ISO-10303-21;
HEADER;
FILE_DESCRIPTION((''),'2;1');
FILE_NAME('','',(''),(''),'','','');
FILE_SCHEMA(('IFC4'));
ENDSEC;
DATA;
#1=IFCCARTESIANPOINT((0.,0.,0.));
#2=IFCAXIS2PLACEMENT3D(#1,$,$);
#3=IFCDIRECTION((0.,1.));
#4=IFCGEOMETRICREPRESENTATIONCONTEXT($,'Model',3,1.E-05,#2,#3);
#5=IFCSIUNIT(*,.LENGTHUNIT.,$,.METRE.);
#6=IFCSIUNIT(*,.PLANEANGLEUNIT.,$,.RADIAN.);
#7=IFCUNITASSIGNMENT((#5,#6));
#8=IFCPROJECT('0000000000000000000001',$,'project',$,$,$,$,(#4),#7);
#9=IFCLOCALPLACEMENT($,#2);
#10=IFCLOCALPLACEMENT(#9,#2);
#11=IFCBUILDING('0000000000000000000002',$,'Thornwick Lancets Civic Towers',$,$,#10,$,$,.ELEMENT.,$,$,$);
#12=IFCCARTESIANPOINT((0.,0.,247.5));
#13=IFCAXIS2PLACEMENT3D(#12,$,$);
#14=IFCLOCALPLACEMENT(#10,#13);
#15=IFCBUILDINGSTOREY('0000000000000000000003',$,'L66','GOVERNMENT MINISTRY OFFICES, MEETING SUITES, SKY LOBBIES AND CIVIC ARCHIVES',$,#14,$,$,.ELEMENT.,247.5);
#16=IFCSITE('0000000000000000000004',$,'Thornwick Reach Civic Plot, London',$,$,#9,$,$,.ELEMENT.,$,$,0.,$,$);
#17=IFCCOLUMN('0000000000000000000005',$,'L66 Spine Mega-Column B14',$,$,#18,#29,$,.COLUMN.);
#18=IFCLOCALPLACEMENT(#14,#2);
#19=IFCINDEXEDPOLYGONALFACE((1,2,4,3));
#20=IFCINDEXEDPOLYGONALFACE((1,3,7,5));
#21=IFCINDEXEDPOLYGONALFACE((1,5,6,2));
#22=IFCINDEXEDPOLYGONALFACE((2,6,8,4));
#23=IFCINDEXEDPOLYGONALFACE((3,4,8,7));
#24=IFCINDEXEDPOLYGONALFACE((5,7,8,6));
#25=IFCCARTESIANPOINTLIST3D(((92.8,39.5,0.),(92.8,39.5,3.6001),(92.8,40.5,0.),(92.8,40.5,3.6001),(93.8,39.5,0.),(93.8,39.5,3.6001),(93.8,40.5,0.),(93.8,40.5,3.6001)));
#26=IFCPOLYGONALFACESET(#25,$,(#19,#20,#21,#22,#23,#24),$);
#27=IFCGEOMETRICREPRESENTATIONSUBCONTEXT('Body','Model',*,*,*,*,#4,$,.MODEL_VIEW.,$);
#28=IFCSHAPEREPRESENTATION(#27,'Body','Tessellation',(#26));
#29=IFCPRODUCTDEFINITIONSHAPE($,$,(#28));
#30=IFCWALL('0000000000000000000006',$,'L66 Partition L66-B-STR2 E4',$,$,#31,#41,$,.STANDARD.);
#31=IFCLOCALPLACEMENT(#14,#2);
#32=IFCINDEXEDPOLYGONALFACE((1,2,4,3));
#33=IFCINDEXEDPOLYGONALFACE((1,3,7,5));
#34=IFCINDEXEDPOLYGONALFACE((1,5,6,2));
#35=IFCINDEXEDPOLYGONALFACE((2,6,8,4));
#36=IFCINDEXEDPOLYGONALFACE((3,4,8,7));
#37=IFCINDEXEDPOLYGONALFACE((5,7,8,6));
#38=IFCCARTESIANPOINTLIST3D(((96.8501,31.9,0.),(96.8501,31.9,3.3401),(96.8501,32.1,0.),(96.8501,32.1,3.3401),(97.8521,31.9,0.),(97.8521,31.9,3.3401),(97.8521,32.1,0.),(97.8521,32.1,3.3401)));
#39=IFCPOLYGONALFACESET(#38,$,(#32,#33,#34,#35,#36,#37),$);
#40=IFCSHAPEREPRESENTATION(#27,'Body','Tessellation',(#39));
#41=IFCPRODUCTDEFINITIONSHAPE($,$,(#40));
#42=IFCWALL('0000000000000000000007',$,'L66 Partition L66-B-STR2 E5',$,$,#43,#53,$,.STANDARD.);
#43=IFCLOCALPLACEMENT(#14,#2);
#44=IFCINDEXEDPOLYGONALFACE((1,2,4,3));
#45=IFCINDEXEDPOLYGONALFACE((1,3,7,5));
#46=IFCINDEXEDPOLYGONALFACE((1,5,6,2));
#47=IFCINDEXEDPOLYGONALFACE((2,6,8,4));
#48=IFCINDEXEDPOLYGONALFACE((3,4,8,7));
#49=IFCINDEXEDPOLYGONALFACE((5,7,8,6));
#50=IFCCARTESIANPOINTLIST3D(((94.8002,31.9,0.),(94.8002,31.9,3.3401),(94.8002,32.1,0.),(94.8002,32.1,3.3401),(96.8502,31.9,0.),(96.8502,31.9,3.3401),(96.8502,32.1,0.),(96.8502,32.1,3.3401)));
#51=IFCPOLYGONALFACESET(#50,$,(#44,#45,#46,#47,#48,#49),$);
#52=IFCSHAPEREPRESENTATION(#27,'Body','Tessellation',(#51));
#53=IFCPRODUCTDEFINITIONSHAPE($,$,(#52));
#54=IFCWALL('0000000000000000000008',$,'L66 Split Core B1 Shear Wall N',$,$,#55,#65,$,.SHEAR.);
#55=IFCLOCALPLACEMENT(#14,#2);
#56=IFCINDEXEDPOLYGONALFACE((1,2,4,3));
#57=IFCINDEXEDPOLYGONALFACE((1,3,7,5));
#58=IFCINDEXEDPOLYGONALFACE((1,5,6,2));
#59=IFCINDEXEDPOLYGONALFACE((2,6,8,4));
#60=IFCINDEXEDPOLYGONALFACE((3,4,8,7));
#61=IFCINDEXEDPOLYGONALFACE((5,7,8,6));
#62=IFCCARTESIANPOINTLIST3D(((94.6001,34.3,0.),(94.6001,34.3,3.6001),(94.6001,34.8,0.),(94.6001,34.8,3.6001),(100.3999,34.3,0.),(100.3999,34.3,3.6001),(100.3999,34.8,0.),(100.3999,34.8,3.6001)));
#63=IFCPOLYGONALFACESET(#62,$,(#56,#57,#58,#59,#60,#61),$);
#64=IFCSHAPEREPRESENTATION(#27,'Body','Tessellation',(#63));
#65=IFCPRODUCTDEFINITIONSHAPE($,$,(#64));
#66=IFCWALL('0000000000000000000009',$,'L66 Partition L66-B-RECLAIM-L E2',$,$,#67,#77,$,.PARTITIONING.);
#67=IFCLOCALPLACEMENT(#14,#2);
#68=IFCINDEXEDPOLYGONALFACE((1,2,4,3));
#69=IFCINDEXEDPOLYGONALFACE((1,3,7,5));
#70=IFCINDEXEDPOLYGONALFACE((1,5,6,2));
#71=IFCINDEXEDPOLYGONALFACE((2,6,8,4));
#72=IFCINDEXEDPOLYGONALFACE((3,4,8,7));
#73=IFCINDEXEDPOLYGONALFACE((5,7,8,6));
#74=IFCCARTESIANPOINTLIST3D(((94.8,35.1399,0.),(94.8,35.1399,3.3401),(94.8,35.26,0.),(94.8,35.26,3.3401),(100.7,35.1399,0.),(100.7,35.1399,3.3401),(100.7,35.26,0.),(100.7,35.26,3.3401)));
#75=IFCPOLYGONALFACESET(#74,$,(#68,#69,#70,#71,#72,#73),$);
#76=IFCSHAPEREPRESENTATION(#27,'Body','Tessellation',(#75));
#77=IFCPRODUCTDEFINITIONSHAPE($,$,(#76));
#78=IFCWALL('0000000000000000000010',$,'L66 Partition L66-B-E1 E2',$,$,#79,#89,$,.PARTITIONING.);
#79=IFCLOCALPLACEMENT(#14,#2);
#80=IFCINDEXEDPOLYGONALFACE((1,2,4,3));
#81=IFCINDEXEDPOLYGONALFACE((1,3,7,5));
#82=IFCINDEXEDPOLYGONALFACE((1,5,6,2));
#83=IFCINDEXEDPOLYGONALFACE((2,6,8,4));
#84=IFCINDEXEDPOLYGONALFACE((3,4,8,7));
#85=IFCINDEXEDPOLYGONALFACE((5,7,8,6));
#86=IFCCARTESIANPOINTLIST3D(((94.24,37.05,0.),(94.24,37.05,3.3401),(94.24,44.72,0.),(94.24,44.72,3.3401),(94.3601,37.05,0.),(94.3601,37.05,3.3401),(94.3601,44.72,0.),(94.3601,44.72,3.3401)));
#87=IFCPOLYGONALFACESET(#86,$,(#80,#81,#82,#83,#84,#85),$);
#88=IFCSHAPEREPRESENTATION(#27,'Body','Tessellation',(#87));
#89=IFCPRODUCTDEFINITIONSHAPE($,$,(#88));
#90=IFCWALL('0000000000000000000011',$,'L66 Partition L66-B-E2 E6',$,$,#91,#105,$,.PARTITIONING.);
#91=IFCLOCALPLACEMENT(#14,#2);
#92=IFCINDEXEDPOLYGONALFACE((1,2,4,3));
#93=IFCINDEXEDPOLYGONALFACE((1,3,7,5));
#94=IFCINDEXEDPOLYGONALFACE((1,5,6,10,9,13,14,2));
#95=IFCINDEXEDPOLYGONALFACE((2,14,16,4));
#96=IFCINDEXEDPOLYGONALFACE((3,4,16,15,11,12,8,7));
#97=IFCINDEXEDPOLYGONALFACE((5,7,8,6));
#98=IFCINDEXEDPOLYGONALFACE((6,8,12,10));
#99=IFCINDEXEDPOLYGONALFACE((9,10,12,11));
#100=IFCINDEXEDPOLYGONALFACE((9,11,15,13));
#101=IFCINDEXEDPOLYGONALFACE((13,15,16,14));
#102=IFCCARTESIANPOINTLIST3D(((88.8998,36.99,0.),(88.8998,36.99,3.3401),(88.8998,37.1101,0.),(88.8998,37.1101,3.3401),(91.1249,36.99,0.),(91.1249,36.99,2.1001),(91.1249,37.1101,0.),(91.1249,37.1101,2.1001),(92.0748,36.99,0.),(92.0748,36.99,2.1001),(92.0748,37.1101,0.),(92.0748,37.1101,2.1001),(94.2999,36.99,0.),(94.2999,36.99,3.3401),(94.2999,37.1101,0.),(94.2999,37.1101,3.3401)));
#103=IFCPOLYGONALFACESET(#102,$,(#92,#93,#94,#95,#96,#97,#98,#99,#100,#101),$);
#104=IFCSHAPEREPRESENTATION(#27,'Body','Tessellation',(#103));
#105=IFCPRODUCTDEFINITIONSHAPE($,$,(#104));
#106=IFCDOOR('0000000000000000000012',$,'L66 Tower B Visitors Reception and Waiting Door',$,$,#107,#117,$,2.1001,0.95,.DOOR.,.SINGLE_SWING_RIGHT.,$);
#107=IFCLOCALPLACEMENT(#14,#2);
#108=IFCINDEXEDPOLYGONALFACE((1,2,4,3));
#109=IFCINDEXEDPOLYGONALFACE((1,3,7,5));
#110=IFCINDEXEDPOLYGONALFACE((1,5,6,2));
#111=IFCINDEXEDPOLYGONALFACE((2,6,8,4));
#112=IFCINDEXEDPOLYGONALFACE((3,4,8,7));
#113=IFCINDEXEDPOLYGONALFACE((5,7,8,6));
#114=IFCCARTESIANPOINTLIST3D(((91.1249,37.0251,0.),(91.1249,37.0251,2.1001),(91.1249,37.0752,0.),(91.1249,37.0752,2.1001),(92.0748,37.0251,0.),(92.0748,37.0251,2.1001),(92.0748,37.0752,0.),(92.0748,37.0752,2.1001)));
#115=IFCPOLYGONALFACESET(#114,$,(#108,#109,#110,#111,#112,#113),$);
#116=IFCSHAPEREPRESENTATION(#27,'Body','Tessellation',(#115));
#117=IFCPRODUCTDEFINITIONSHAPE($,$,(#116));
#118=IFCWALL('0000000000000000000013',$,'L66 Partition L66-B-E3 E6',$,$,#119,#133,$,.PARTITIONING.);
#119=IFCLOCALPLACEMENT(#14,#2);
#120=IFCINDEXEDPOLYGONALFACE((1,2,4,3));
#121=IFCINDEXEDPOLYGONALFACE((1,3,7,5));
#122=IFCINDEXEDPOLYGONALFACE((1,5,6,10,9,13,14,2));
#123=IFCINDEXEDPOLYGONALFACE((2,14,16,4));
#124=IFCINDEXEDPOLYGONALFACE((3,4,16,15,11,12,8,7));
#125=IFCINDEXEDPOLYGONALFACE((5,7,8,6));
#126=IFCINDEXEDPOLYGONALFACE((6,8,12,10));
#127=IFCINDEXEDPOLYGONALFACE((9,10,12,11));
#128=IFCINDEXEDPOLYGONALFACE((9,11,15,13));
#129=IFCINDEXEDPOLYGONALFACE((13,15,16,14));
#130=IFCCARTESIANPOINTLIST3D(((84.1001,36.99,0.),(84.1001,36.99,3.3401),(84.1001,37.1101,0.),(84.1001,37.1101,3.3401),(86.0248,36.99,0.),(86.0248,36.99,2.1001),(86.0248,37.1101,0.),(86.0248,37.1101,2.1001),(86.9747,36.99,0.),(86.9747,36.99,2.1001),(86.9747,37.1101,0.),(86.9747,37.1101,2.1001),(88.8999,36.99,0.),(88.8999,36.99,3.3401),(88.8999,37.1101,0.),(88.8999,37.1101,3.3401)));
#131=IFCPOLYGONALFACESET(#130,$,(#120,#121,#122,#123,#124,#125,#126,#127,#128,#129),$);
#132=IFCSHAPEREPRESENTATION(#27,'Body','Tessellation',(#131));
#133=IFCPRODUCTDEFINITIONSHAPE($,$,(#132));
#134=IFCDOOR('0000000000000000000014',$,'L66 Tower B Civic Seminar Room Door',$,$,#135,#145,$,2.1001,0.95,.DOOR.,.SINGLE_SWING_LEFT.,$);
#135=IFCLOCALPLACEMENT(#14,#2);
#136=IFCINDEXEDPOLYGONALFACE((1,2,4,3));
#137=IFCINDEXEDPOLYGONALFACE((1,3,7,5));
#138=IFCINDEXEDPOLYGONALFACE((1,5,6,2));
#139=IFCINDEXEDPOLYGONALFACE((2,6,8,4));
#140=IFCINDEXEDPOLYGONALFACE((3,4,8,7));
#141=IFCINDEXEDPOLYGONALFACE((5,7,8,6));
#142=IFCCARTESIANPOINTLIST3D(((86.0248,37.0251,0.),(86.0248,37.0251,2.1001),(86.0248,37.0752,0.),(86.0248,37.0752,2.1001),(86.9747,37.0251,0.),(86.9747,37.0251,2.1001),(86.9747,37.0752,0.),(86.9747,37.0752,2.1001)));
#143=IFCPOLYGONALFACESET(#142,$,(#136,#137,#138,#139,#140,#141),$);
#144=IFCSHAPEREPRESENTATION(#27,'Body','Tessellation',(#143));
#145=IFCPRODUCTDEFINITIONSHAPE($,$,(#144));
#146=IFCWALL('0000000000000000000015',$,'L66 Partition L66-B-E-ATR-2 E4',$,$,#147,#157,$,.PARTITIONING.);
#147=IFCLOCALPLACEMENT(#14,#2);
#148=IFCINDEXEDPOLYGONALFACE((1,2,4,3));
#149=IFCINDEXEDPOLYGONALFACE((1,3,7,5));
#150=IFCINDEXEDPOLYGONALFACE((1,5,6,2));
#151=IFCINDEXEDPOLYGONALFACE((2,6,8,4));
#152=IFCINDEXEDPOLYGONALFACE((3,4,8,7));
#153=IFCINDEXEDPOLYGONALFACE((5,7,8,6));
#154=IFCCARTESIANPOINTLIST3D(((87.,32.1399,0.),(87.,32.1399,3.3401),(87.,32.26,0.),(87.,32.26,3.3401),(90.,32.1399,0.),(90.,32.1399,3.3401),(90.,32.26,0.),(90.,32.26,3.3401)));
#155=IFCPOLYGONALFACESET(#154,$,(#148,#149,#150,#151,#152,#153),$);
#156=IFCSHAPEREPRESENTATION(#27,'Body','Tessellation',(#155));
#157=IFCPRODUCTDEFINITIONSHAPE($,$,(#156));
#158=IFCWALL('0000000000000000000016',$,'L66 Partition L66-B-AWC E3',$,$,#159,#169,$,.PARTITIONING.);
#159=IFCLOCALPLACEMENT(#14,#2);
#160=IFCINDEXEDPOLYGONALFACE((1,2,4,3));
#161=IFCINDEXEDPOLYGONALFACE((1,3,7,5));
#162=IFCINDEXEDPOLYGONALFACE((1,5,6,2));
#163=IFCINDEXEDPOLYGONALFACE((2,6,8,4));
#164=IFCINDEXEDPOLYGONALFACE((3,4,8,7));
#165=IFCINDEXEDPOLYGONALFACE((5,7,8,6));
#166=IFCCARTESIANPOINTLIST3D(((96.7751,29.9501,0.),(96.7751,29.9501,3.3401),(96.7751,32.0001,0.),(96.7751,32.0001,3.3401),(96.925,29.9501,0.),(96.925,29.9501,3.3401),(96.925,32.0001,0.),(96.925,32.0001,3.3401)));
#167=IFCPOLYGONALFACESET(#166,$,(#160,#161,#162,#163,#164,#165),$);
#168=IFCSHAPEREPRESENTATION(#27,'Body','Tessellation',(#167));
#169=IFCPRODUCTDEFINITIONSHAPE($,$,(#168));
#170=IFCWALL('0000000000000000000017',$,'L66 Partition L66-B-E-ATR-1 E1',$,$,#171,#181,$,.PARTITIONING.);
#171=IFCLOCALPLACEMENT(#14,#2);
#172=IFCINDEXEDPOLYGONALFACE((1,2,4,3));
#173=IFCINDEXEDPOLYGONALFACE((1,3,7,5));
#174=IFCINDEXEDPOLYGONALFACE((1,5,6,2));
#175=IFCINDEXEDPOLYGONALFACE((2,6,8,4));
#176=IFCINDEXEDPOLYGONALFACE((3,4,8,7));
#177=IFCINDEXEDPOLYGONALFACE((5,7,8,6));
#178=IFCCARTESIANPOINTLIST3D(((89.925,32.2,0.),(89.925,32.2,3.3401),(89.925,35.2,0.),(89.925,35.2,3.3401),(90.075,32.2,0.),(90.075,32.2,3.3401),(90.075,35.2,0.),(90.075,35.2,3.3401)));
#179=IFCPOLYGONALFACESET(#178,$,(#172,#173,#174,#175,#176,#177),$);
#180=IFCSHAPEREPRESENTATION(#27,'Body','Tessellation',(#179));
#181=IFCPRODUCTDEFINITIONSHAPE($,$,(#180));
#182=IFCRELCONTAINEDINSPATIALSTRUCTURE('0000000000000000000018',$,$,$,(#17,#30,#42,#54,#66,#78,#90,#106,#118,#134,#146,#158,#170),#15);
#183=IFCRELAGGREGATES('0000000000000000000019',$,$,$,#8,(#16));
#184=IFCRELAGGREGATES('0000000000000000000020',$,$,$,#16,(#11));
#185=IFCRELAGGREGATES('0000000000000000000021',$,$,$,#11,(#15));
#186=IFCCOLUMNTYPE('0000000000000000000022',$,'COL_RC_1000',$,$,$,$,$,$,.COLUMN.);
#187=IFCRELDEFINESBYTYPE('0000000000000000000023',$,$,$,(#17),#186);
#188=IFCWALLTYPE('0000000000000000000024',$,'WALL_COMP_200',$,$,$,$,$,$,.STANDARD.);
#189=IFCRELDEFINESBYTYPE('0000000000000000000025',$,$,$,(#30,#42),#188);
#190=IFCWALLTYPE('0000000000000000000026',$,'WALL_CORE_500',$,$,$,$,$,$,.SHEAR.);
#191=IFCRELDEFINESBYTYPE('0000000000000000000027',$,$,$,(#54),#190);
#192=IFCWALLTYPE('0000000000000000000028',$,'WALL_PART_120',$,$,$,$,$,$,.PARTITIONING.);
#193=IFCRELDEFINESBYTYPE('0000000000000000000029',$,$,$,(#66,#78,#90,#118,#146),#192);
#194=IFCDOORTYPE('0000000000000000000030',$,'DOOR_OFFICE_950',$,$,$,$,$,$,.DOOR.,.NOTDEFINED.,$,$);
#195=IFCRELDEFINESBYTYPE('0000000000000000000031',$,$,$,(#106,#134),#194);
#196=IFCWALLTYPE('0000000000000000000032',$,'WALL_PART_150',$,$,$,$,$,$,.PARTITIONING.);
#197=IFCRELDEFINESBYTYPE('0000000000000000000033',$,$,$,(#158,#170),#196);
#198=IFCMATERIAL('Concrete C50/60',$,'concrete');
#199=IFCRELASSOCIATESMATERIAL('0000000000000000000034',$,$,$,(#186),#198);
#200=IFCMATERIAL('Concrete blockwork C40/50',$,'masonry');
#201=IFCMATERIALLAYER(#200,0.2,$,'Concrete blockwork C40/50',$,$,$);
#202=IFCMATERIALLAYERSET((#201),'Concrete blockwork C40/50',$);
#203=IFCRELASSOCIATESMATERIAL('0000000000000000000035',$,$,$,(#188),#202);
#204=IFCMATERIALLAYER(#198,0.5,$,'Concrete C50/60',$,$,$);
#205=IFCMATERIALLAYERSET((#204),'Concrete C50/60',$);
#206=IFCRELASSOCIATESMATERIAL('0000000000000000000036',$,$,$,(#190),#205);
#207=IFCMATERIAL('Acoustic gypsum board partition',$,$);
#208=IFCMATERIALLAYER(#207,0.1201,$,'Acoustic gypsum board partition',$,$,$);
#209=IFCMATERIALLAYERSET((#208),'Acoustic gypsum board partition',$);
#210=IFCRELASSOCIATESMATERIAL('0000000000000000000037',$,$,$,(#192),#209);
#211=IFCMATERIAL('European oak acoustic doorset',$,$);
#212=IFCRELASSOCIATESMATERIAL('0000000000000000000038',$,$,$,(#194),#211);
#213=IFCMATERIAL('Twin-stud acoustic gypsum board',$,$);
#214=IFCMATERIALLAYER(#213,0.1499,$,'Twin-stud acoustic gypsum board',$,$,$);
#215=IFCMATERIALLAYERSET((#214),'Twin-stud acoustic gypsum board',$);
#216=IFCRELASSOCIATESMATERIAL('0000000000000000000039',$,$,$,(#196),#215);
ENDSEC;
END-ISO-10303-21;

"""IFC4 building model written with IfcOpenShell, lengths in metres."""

from ifc_helpers import new_model, si_unit, direction, frame, frame_2d, origin, origin_2d, place, context, subcontext, project, spatial, rectangle, extrude, material, layer, layer_set, material_profile, profile_set, type_object, element, fill, save


model = new_model("IFC4")

# Units and contexts
model_context = context("Model", 3, precision=1e-05, world=origin(), true_north=direction((0.0, 1.0)))
body_context = subcontext(model_context, "Body", "Model", "MODEL_VIEW")
ifc_project = project(units=[si_unit("LENGTHUNIT", "METRE"), si_unit("PLANEANGLEUNIT", "RADIAN")], contexts=[model_context])

# Site, building, storey
site_placement = place(None, origin())
site = spatial("IfcSite", under=ifc_project, at=site_placement, Name="Thornwick Reach Civic Plot, London", CompositionType="ELEMENT", RefElevation=0.0)
building_placement = place(site_placement, origin())
building = spatial("IfcBuilding", under=site, at=building_placement, Name="Thornwick Lancets Civic Towers", CompositionType="ELEMENT")
storey_placement = place(building_placement, frame((0.0, 0.0, 247.5)))
storey = spatial("IfcBuildingStorey", under=building, at=storey_placement, Name="L66", Description="GOVERNMENT MINISTRY OFFICES, MEETING SUITES, SKY LOBBIES AND CIVIC ARCHIVES", CompositionType="ELEMENT", Elevation=247.5)

# Column
ifc_material_1 = material(Name="Concrete C50/60", Category="concrete")
ifc_material_profile = material_profile(ifc_material_1, rectangle(XDim=1.0, YDim=1.0, at=origin_2d()), Name="RC 1000x1000")
ifc_profile_set = profile_set([ifc_material_profile], Name="Concrete C50/60")
column_type = type_object("IfcColumnType", Name="COL_RC_1000", PredefinedType="COLUMN", material=ifc_profile_set)
column_placement = place(storey_placement, frame((93.3, 40.0, 0.0), z_axis=(0.0, 0.0, 1.0), x_axis=(1.0, 0.0, 0.0)))
element("IfcColumn", 1, at=column_placement, inside=storey, type_object=column_type, Name="L66 Spine Mega-Column B14", PredefinedType="COLUMN", context=body_context, shape_type="SweptSolid", body=[
    extrude(rectangle(XDim=1.0, YDim=1.0, at=origin_2d()), origin(), (0.0, 0.0, 1.0), 3.6001),
])

# Walls
ifc_material_2 = material(Name="Concrete blockwork C40/50", Category="masonry")
ifc_layer_1 = layer(ifc_material_2, 0.2, Name="Concrete blockwork C40/50")
ifc_layer_set_1 = layer_set([ifc_layer_1], Name="Concrete blockwork C40/50")
wall_type_1 = type_object("IfcWallType", Name="WALL_COMP_200", PredefinedType="STANDARD", material=ifc_layer_set_1)
wall_1_placement = place(storey_placement, frame((97.8521, 32.0, 0.0), z_axis=(0.0, 0.0, 1.0), x_axis=(-1.0, 0.0, 0.0)))
element("IfcWall", 2, at=wall_1_placement, inside=storey, type_object=wall_type_1, Name="L66 Partition L66-B-STR2 E4", PredefinedType="STANDARD", context=body_context, shape_type="SweptSolid", body=[
    extrude(rectangle(XDim=1.002, YDim=0.2, at=frame_2d((0.501, 0.0))), origin(), (0.0, 0.0, 1.0), 3.3401),
])
wall_2_placement = place(storey_placement, frame((96.8501, 32.0, 0.0), z_axis=(0.0, 0.0, 1.0), x_axis=(-1.0, 0.0, 0.0)))
element("IfcWall", 3, at=wall_2_placement, inside=storey, type_object=wall_type_1, Name="L66 Partition L66-B-STR2 E5", PredefinedType="STANDARD", context=body_context, shape_type="SweptSolid", body=[
    extrude(rectangle(XDim=2.05, YDim=0.2, at=frame_2d((1.0249, 0.0))), origin(), (0.0, 0.0, 1.0), 3.3401),
])
ifc_layer_2 = layer(ifc_material_1, 0.5, Name="Concrete C50/60")
ifc_layer_set_2 = layer_set([ifc_layer_2], Name="Concrete C50/60")
wall_type_2 = type_object("IfcWallType", Name="WALL_CORE_500", PredefinedType="SHEAR", material=ifc_layer_set_2)
wall_3_placement = place(storey_placement, frame((94.6001, 34.55, 0.0), z_axis=(0.0, 0.0, 1.0), x_axis=(1.0, 0.0, 0.0)))
element("IfcWall", 4, at=wall_3_placement, inside=storey, type_object=wall_type_2, Name="L66 Split Core B1 Shear Wall N", PredefinedType="SHEAR", context=body_context, shape_type="SweptSolid", body=[
    extrude(rectangle(XDim=5.7998, YDim=0.5, at=frame_2d((2.8999, 0.0))), origin(), (0.0, 0.0, 1.0), 3.6001),
])
ifc_material_3 = material(Name="Acoustic gypsum board partition")
ifc_layer_3 = layer(ifc_material_3, 0.1201, Name="Acoustic gypsum board partition")
ifc_layer_set_3 = layer_set([ifc_layer_3], Name="Acoustic gypsum board partition")
wall_type_3 = type_object("IfcWallType", Name="WALL_PART_120", PredefinedType="PARTITIONING", material=ifc_layer_set_3)
wall_4_placement = place(storey_placement, frame((94.8, 35.2, 0.0), z_axis=(0.0, 0.0, 1.0), x_axis=(1.0, 0.0, 0.0)))
element("IfcWall", 5, at=wall_4_placement, inside=storey, type_object=wall_type_3, Name="L66 Partition L66-B-RECLAIM-L E2", PredefinedType="PARTITIONING", context=body_context, shape_type="SweptSolid", body=[
    extrude(rectangle(XDim=5.8999, YDim=0.1201, at=frame_2d((2.95, 0.0))), origin(), (0.0, 0.0, 1.0), 3.3401),
])
wall_5_placement = place(storey_placement, frame((94.3, 37.05, 0.0), z_axis=(0.0, 0.0, 1.0), x_axis=(0.0, 1.0, 0.0)))
element("IfcWall", 6, at=wall_5_placement, inside=storey, type_object=wall_type_3, Name="L66 Partition L66-B-E1 E2", PredefinedType="PARTITIONING", context=body_context, shape_type="SweptSolid", body=[
    extrude(rectangle(XDim=7.6699, YDim=0.1201, at=frame_2d((3.835, 0.0))), origin(), (0.0, 0.0, 1.0), 3.3401),
])

# Walls, openings, doors
wall_6_placement = place(storey_placement, frame((94.3, 37.05, 0.0), z_axis=(0.0, 0.0, 1.0), x_axis=(-1.0, 0.0, 0.0)))
wall_6 = element("IfcWall", 7, at=wall_6_placement, inside=storey, type_object=wall_type_3, Name="L66 Partition L66-B-E2 E6", PredefinedType="PARTITIONING", context=body_context, shape_type="SweptSolid", body=[
    extrude(rectangle(XDim=5.4001, YDim=0.1201, at=frame_2d((2.7002, 0.0))), origin(), (0.0, 0.0, 1.0), 3.3401),
])
opening_1_placement = place(wall_6_placement, frame((2.2251, 0.0, 0.0)))
opening_1 = element("IfcOpeningElement", 8, at=opening_1_placement, cuts=wall_6, PredefinedType="OPENING", context=body_context, shape_type="SweptSolid", body=[
    extrude(rectangle(XDim=0.95, YDim=2.1001, at=frame_2d((0.4751, 1.05))), frame((0.0, 0.0701, 0.0), z_axis=(0.0, -1.0, 0.0), x_axis=(1.0, 0.0, 0.0)), (0.0, 0.0, 1.0), 0.1401),
])
ifc_material_4 = material(Name="European oak acoustic doorset")
door_type_1 = type_object("IfcDoorType", Name="DOOR_OFFICE_950", OperationType="NOTDEFINED", PredefinedType="DOOR", material=ifc_material_4)
door_1_placement = place(opening_1_placement, origin())
door_1 = element("IfcDoor", 9, at=door_1_placement, inside=storey, type_object=door_type_1, Name="L66 Tower B Visitors Reception and Waiting Door", OperationType="SINGLE_SWING_RIGHT", OverallHeight=2.1001, OverallWidth=0.95, PredefinedType="DOOR", context=body_context, shape_type="SweptSolid", body=[
    extrude(rectangle(XDim=0.95, YDim=2.1001, at=frame_2d((0.4751, 1.05))), frame((0.0, 0.0249, 0.0), z_axis=(0.0, -1.0, 0.0), x_axis=(1.0, 0.0, 0.0)), (0.0, 0.0, 1.0), 0.05),
])
fill(opening_1, door_1)
wall_7_placement = place(storey_placement, frame((88.8999, 37.05, 0.0), z_axis=(0.0, 0.0, 1.0), x_axis=(-1.0, 0.0, 0.0)))
wall_7 = element("IfcWall", 10, at=wall_7_placement, inside=storey, type_object=wall_type_3, Name="L66 Partition L66-B-E3 E6", PredefinedType="PARTITIONING", context=body_context, shape_type="SweptSolid", body=[
    extrude(rectangle(XDim=4.7998, YDim=0.1201, at=frame_2d((2.3999, 0.0))), origin(), (0.0, 0.0, 1.0), 3.3401),
])
opening_2_placement = place(wall_7_placement, frame((1.925, 0.0, 0.0)))
opening_2 = element("IfcOpeningElement", 11, at=opening_2_placement, cuts=wall_7, PredefinedType="OPENING", context=body_context, shape_type="SweptSolid", body=[
    extrude(rectangle(XDim=0.95, YDim=2.1001, at=frame_2d((0.4751, 1.05))), frame((0.0, 0.0701, 0.0), z_axis=(0.0, -1.0, 0.0), x_axis=(1.0, 0.0, 0.0)), (0.0, 0.0, 1.0), 0.1401),
])
door_2_placement = place(opening_2_placement, origin())
door_2 = element("IfcDoor", 12, at=door_2_placement, inside=storey, type_object=door_type_1, Name="L66 Tower B Civic Seminar Room Door", OperationType="SINGLE_SWING_LEFT", OverallHeight=2.1001, OverallWidth=0.95, PredefinedType="DOOR", context=body_context, shape_type="SweptSolid", body=[
    extrude(rectangle(XDim=0.95, YDim=2.1001, at=frame_2d((0.4751, 1.05))), frame((0.0, 0.0249, 0.0), z_axis=(0.0, -1.0, 0.0), x_axis=(1.0, 0.0, 0.0)), (0.0, 0.0, 1.0), 0.05),
])
fill(opening_2, door_2)

# Walls
wall_8_placement = place(storey_placement, frame((90.0, 32.2, 0.0), z_axis=(0.0, 0.0, 1.0), x_axis=(-1.0, 0.0, 0.0)))
element("IfcWall", 13, at=wall_8_placement, inside=storey, type_object=wall_type_3, Name="L66 Partition L66-B-E-ATR-2 E4", PredefinedType="PARTITIONING", context=body_context, shape_type="SweptSolid", body=[
    extrude(rectangle(XDim=3.0, YDim=0.1201, at=frame_2d((1.5, 0.0))), origin(), (0.0, 0.0, 1.0), 3.3401),
])
ifc_material_5 = material(Name="Twin-stud acoustic gypsum board")
ifc_layer_4 = layer(ifc_material_5, 0.1499, Name="Twin-stud acoustic gypsum board")
ifc_layer_set_4 = layer_set([ifc_layer_4], Name="Twin-stud acoustic gypsum board")
wall_type_4 = type_object("IfcWallType", Name="WALL_PART_150", PredefinedType="PARTITIONING", material=ifc_layer_set_4)
wall_9_placement = place(storey_placement, frame((96.8501, 32.0, 0.0), z_axis=(0.0, 0.0, 1.0), x_axis=(0.0, -1.0, 0.0)))
element("IfcWall", 14, at=wall_9_placement, inside=storey, type_object=wall_type_4, Name="L66 Partition L66-B-AWC E3", PredefinedType="PARTITIONING", context=body_context, shape_type="SweptSolid", body=[
    extrude(rectangle(XDim=2.05, YDim=0.1499, at=frame_2d((1.0249, 0.0))), origin(), (0.0, 0.0, 1.0), 3.3401),
])
wall_10_placement = place(storey_placement, frame((90.0, 32.2, 0.0), z_axis=(0.0, 0.0, 1.0), x_axis=(0.0, 1.0, 0.0)))
element("IfcWall", 15, at=wall_10_placement, inside=storey, type_object=wall_type_4, Name="L66 Partition L66-B-E-ATR-1 E1", PredefinedType="PARTITIONING", context=body_context, shape_type="SweptSolid", body=[
    extrude(rectangle(XDim=3.0, YDim=0.1499, at=frame_2d((1.5, 0.0))), origin(), (0.0, 0.0, 1.0), 3.3401),
])

save(model, "model.ifc")
